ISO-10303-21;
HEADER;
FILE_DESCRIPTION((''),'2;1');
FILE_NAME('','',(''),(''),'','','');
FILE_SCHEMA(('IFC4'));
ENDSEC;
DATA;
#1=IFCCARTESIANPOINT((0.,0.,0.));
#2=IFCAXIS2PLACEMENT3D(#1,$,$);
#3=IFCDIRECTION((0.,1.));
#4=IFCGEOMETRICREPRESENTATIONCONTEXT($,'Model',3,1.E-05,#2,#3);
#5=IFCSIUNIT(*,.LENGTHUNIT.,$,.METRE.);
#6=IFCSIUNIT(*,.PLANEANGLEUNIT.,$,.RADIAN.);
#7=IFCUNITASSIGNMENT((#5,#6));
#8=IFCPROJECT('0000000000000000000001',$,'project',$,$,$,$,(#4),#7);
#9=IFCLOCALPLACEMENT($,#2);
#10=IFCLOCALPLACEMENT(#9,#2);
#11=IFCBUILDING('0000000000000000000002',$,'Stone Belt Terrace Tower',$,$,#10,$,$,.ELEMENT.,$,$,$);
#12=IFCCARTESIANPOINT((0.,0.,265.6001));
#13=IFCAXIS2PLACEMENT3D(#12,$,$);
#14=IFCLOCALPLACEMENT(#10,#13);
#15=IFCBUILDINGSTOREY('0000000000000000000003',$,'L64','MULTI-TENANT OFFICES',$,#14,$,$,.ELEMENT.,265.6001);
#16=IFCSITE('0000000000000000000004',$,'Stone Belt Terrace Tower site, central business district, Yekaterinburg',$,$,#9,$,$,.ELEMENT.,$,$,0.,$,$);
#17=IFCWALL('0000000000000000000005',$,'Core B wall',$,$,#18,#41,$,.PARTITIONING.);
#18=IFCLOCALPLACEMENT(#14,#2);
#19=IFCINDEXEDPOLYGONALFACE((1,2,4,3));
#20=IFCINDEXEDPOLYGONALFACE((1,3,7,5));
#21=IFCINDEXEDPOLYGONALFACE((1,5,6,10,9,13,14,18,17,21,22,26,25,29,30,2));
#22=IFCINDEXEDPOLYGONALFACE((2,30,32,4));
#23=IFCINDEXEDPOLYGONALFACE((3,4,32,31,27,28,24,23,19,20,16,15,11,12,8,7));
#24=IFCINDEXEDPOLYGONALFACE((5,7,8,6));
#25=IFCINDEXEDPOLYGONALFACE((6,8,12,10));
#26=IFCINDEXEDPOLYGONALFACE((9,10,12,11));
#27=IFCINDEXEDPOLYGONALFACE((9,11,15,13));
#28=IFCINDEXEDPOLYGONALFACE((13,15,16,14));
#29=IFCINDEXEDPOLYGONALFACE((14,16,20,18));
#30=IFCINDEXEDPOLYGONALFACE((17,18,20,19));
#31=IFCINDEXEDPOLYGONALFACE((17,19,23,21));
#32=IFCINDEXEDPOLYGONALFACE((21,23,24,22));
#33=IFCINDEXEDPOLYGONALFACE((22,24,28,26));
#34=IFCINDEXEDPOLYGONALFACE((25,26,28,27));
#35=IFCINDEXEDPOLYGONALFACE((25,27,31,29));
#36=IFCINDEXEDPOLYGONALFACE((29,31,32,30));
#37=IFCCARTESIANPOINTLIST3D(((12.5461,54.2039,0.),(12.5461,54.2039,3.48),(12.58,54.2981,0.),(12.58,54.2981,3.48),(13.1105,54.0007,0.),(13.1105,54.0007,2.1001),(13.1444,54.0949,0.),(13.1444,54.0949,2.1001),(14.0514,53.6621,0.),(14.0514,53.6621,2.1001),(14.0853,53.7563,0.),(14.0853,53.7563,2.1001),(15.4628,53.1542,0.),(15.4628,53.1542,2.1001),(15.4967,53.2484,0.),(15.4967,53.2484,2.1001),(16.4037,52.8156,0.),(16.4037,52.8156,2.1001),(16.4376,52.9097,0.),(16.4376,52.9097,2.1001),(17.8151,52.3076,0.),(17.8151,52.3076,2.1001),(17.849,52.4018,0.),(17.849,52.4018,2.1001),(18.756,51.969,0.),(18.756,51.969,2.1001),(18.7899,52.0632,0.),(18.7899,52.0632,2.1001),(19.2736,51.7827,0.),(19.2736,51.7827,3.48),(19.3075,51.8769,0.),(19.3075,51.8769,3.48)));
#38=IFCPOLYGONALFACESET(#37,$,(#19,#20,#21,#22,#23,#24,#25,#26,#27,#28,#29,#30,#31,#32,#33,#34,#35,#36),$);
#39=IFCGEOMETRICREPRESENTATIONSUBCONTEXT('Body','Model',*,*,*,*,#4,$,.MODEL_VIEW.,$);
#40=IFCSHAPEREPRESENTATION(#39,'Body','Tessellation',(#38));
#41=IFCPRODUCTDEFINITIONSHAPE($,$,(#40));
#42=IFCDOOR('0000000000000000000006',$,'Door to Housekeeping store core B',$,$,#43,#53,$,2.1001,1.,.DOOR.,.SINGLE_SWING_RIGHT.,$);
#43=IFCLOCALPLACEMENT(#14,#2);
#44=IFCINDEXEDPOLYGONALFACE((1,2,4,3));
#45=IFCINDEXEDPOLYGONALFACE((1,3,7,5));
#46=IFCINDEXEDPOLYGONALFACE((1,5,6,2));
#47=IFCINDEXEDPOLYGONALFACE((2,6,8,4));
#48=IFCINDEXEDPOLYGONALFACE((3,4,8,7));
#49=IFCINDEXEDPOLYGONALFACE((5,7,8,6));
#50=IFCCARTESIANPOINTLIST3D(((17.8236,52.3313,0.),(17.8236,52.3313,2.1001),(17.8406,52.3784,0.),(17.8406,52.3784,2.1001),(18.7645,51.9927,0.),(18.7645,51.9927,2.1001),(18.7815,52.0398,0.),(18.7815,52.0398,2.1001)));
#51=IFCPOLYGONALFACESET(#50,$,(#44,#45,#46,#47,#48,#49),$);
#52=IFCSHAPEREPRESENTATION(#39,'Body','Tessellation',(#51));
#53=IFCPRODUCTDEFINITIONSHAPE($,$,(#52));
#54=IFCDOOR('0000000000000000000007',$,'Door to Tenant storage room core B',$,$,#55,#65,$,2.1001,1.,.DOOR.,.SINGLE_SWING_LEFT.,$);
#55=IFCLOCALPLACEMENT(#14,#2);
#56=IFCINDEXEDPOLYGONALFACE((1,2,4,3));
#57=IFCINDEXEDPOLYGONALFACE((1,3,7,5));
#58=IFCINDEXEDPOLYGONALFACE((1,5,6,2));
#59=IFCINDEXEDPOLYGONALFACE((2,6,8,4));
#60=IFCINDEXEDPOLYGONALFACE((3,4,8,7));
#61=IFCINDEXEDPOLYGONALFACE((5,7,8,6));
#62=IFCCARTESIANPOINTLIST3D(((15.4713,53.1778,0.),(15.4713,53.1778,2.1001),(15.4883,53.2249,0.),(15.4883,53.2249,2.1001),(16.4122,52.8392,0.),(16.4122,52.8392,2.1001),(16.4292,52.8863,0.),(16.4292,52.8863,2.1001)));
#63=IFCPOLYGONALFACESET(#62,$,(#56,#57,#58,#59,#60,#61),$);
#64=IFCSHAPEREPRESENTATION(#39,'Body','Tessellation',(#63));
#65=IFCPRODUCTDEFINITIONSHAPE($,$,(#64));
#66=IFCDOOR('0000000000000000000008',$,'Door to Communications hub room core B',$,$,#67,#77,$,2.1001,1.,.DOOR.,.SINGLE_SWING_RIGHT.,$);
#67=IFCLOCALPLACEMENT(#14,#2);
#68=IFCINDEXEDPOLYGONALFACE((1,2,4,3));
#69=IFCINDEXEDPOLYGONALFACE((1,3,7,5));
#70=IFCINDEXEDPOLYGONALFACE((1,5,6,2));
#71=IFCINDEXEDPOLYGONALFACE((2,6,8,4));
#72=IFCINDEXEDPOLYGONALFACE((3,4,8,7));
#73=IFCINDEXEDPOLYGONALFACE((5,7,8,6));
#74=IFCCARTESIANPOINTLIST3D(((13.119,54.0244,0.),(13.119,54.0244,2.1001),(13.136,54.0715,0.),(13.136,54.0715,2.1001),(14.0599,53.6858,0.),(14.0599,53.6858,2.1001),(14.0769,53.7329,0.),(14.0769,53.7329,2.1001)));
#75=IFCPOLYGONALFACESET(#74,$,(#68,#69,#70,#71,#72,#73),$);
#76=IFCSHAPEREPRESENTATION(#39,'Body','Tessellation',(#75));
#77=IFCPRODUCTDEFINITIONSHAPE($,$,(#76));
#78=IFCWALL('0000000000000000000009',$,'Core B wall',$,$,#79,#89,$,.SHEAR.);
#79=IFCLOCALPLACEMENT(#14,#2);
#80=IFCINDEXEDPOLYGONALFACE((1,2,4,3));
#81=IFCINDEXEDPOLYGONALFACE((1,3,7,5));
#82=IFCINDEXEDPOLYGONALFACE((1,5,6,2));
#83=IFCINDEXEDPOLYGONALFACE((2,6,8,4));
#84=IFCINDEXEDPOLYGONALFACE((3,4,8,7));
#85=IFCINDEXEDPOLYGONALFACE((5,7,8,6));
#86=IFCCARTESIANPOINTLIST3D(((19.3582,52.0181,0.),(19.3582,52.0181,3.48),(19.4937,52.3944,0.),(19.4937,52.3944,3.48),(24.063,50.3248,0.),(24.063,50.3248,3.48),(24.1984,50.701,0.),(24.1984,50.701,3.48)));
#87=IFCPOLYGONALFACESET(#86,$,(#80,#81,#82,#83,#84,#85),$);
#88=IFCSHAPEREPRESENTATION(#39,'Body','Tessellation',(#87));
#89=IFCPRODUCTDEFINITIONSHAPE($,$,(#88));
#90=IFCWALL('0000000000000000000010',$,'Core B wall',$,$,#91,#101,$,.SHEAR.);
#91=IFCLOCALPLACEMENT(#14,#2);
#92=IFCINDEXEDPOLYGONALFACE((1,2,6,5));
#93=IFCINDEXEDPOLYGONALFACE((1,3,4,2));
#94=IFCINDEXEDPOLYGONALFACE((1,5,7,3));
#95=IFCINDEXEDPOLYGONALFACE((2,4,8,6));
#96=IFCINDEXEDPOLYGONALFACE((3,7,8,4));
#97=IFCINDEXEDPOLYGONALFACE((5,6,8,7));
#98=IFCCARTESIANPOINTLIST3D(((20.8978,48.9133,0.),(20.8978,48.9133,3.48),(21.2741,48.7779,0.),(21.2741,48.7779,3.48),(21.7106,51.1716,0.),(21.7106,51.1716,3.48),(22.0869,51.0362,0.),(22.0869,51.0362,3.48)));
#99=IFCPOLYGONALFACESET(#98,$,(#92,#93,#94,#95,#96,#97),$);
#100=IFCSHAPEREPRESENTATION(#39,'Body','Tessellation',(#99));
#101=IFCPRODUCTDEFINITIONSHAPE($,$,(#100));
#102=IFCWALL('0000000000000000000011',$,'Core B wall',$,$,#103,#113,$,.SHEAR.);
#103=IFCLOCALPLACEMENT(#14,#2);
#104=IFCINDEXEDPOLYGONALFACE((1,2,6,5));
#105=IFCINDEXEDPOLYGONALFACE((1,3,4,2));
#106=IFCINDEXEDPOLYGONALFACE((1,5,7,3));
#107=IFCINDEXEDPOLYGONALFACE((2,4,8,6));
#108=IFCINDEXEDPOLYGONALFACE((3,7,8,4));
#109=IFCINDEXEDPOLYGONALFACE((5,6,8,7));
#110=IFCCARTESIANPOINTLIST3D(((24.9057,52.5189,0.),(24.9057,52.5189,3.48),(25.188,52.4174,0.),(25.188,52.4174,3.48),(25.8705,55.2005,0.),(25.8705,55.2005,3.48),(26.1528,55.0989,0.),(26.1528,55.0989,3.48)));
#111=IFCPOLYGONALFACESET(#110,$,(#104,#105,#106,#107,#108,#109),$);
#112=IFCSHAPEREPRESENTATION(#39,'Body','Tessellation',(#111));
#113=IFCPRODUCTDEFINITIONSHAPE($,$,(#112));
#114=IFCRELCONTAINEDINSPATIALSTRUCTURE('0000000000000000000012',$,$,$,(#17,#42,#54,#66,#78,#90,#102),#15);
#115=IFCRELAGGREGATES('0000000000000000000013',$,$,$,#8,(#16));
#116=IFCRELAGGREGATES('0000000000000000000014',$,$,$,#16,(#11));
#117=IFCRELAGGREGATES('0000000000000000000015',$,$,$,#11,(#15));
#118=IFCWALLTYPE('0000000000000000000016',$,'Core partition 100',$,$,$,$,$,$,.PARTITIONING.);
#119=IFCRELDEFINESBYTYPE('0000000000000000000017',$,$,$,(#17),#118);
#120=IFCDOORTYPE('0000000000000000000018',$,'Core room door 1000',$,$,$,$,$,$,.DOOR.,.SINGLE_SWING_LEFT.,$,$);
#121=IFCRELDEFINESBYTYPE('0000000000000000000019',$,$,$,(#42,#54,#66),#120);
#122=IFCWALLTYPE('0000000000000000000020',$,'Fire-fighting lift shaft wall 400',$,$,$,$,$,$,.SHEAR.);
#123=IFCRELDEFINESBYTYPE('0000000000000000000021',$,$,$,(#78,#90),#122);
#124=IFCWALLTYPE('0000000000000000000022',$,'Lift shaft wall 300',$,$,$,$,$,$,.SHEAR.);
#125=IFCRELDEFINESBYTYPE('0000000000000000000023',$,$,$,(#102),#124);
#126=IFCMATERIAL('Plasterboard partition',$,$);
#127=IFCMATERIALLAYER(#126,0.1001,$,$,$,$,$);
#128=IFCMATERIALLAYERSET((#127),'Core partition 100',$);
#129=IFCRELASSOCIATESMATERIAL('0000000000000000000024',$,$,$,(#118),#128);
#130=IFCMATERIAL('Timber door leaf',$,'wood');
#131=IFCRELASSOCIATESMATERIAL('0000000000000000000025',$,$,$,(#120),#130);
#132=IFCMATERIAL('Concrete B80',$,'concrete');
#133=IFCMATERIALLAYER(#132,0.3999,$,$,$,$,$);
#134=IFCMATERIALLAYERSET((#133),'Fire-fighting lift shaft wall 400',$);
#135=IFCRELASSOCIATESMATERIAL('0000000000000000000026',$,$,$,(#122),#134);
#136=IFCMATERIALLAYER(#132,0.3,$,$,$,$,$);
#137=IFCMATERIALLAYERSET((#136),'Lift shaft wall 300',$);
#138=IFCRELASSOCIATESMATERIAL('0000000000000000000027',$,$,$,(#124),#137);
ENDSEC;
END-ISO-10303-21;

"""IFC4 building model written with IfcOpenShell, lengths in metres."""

from ifc_helpers import new_model, si_unit, direction, frame, frame_2d, origin, place, context, subcontext, project, spatial, rectangle, extrude, material, layer, layer_set, type_object, element, fill, save


model = new_model("IFC4")

# Units and contexts
model_context = context("Model", 3, precision=1e-05, world=origin(), true_north=direction((0.0, 1.0)))
body_context = subcontext(model_context, "Body", "Model", "MODEL_VIEW")
ifc_project = project(units=[si_unit("LENGTHUNIT", "METRE"), si_unit("PLANEANGLEUNIT", "RADIAN")], contexts=[model_context])

# Site, building, storey
site_placement = place(None, origin())
site = spatial("IfcSite", under=ifc_project, at=site_placement, Name="Stone Belt Terrace Tower site, central business district, Yekaterinburg", CompositionType="ELEMENT", RefElevation=0.0)
building_placement = place(site_placement, origin())
building = spatial("IfcBuilding", under=site, at=building_placement, Name="Stone Belt Terrace Tower", CompositionType="ELEMENT")
storey_placement = place(building_placement, frame((0.0, 0.0, 265.6001)))
storey = spatial("IfcBuildingStorey", under=building, at=storey_placement, Name="L64", Description="MULTI-TENANT OFFICES", CompositionType="ELEMENT", Elevation=265.6001)

# Shared definitions
ifc_material_1 = material(Name="Plasterboard partition")
ifc_layer_1 = layer(ifc_material_1, 0.1001)
ifc_layer_set_1 = layer_set([ifc_layer_1], Name="Core partition 100")
wall_type_1 = type_object("IfcWallType", Name="Core partition 100", PredefinedType="PARTITIONING", material=ifc_layer_set_1)
ifc_material_2 = material(Name="Timber door leaf", Category="wood")
door_type_1 = type_object("IfcDoorType", Name="Core room door 1000", OperationType="SINGLE_SWING_LEFT", PredefinedType="DOOR", material=ifc_material_2)

# Wall, openings, doors
wall_1_placement = place(storey_placement, frame((19.2905, 51.8298, 0.0), z_axis=(0.0, 0.0, 1.0), x_axis=(-0.940922, 0.338624, 0.0)))
wall_1 = element("IfcWall", 1, at=wall_1_placement, inside=storey, type_object=wall_type_1, Name="Core B wall", PredefinedType="PARTITIONING", context=body_context, shape_type="SweptSolid", body=[
    extrude(rectangle(XDim=7.1499, YDim=0.1001, at=frame_2d((3.575, 0.0))), origin(), (0.0, 0.0, 1.0), 3.48),
])
opening_1_placement = place(wall_1_placement, frame((0.55, 0.0, 0.0)))
opening_1 = element("IfcOpeningElement", 2, at=opening_1_placement, cuts=wall_1, PredefinedType="OPENING", context=body_context, shape_type="SweptSolid", body=[
    extrude(rectangle(XDim=1.0, YDim=2.1001, at=frame_2d((0.5, 1.05))), frame((0.0, 0.0601, 0.0), z_axis=(0.0, -1.0, 0.0), x_axis=(1.0, 0.0, 0.0)), (0.0, 0.0, 1.0), 0.1201),
])
opening_2_placement = place(wall_1_placement, frame((3.05, 0.0, 0.0)))
opening_2 = element("IfcOpeningElement", 3, at=opening_2_placement, cuts=wall_1, PredefinedType="OPENING", context=body_context, shape_type="SweptSolid", body=[
    extrude(rectangle(XDim=1.0, YDim=2.1001, at=frame_2d((0.5, 1.05))), frame((0.0, 0.0601, 0.0), z_axis=(0.0, -1.0, 0.0), x_axis=(1.0, 0.0, 0.0)), (0.0, 0.0, 1.0), 0.1201),
])
opening_3_placement = place(wall_1_placement, frame((5.55, 0.0, 0.0)))
opening_3 = element("IfcOpeningElement", 4, at=opening_3_placement, cuts=wall_1, PredefinedType="OPENING", context=body_context, shape_type="SweptSolid", body=[
    extrude(rectangle(XDim=1.0, YDim=2.1001, at=frame_2d((0.5, 1.05))), frame((0.0, 0.0601, 0.0), z_axis=(0.0, -1.0, 0.0), x_axis=(1.0, 0.0, 0.0)), (0.0, 0.0, 1.0), 0.1201),
])
door_1_placement = place(opening_1_placement, origin())
door_1 = element("IfcDoor", 5, at=door_1_placement, inside=storey, type_object=door_type_1, Name="Door to Housekeeping store core B", OperationType="SINGLE_SWING_RIGHT", OverallHeight=2.1001, OverallWidth=1.0, PredefinedType="DOOR", context=body_context, shape_type="SweptSolid", body=[
    extrude(rectangle(XDim=1.0, YDim=2.1001, at=frame_2d((0.5, 1.05))), frame((0.0, 0.0249, 0.0), z_axis=(0.0, -1.0, 0.0), x_axis=(1.0, 0.0, 0.0)), (0.0, 0.0, 1.0), 0.05),
])
fill(opening_1, door_1)
door_2_placement = place(opening_2_placement, origin())
door_2 = element("IfcDoor", 6, at=door_2_placement, inside=storey, type_object=door_type_1, Name="Door to Tenant storage room core B", OperationType="SINGLE_SWING_LEFT", OverallHeight=2.1001, OverallWidth=1.0, PredefinedType="DOOR", context=body_context, shape_type="SweptSolid", body=[
    extrude(rectangle(XDim=1.0, YDim=2.1001, at=frame_2d((0.5, 1.05))), frame((0.0, 0.0249, 0.0), z_axis=(0.0, -1.0, 0.0), x_axis=(1.0, 0.0, 0.0)), (0.0, 0.0, 1.0), 0.05),
])
fill(opening_2, door_2)
door_3_placement = place(opening_3_placement, origin())
door_3 = element("IfcDoor", 7, at=door_3_placement, inside=storey, type_object=door_type_1, Name="Door to Communications hub room core B", OperationType="SINGLE_SWING_RIGHT", OverallHeight=2.1001, OverallWidth=1.0, PredefinedType="DOOR", context=body_context, shape_type="SweptSolid", body=[
    extrude(rectangle(XDim=1.0, YDim=2.1001, at=frame_2d((0.5, 1.05))), frame((0.0, 0.0249, 0.0), z_axis=(0.0, -1.0, 0.0), x_axis=(1.0, 0.0, 0.0)), (0.0, 0.0, 1.0), 0.05),
])
fill(opening_3, door_3)

# Walls
ifc_material_3 = material(Name="Concrete B80", Category="concrete")
ifc_layer_2 = layer(ifc_material_3, 0.3999)
ifc_layer_set_2 = layer_set([ifc_layer_2], Name="Fire-fighting lift shaft wall 400")
wall_type_2 = type_object("IfcWallType", Name="Fire-fighting lift shaft wall 400", PredefinedType="SHEAR", material=ifc_layer_set_2)
wall_2_placement = place(storey_placement, frame((24.1306, 50.5129, 0.0), z_axis=(0.0, 0.0, 1.0), x_axis=(-0.940912, 0.338652, 0.0)))
element("IfcWall", 8, at=wall_2_placement, inside=storey, type_object=wall_type_2, Name="Core B wall", PredefinedType="SHEAR", context=body_context, shape_type="SweptSolid", body=[
    extrude(rectangle(XDim=5.0002, YDim=0.3999, at=frame_2d((2.5, 0.0))), origin(), (0.0, 0.0, 1.0), 3.48),
])
wall_3_placement = place(storey_placement, frame((21.0859, 48.8455, 0.0), z_axis=(0.0, 0.0, 1.0), x_axis=(0.338629, 0.94092, 0.0)))
element("IfcWall", 9, at=wall_3_placement, inside=storey, type_object=wall_type_2, Name="Core B wall", PredefinedType="SHEAR", context=body_context, shape_type="SweptSolid", body=[
    extrude(rectangle(XDim=2.4001, YDim=0.3999, at=frame_2d((1.2002, 0.0))), origin(), (0.0, 0.0, 1.0), 3.48),
])
ifc_layer_3 = layer(ifc_material_3, 0.3)
ifc_layer_set_3 = layer_set([ifc_layer_3], Name="Lift shaft wall 300")
wall_type_3 = type_object("IfcWallType", Name="Lift shaft wall 300", PredefinedType="SHEAR", material=ifc_layer_set_3)
wall_4_placement = place(storey_placement, frame((25.0469, 52.4683, 0.0), z_axis=(0.0, 0.0, 1.0), x_axis=(0.33855, 0.940949, 0.0)))
element("IfcWall", 10, at=wall_4_placement, inside=storey, type_object=wall_type_3, Name="Core B wall", PredefinedType="SHEAR", context=body_context, shape_type="SweptSolid", body=[
    extrude(rectangle(XDim=2.8499, YDim=0.3, at=frame_2d((1.4248, 0.0))), origin(), (0.0, 0.0, 1.0), 3.48),
])

save(model, "model.ifc")
